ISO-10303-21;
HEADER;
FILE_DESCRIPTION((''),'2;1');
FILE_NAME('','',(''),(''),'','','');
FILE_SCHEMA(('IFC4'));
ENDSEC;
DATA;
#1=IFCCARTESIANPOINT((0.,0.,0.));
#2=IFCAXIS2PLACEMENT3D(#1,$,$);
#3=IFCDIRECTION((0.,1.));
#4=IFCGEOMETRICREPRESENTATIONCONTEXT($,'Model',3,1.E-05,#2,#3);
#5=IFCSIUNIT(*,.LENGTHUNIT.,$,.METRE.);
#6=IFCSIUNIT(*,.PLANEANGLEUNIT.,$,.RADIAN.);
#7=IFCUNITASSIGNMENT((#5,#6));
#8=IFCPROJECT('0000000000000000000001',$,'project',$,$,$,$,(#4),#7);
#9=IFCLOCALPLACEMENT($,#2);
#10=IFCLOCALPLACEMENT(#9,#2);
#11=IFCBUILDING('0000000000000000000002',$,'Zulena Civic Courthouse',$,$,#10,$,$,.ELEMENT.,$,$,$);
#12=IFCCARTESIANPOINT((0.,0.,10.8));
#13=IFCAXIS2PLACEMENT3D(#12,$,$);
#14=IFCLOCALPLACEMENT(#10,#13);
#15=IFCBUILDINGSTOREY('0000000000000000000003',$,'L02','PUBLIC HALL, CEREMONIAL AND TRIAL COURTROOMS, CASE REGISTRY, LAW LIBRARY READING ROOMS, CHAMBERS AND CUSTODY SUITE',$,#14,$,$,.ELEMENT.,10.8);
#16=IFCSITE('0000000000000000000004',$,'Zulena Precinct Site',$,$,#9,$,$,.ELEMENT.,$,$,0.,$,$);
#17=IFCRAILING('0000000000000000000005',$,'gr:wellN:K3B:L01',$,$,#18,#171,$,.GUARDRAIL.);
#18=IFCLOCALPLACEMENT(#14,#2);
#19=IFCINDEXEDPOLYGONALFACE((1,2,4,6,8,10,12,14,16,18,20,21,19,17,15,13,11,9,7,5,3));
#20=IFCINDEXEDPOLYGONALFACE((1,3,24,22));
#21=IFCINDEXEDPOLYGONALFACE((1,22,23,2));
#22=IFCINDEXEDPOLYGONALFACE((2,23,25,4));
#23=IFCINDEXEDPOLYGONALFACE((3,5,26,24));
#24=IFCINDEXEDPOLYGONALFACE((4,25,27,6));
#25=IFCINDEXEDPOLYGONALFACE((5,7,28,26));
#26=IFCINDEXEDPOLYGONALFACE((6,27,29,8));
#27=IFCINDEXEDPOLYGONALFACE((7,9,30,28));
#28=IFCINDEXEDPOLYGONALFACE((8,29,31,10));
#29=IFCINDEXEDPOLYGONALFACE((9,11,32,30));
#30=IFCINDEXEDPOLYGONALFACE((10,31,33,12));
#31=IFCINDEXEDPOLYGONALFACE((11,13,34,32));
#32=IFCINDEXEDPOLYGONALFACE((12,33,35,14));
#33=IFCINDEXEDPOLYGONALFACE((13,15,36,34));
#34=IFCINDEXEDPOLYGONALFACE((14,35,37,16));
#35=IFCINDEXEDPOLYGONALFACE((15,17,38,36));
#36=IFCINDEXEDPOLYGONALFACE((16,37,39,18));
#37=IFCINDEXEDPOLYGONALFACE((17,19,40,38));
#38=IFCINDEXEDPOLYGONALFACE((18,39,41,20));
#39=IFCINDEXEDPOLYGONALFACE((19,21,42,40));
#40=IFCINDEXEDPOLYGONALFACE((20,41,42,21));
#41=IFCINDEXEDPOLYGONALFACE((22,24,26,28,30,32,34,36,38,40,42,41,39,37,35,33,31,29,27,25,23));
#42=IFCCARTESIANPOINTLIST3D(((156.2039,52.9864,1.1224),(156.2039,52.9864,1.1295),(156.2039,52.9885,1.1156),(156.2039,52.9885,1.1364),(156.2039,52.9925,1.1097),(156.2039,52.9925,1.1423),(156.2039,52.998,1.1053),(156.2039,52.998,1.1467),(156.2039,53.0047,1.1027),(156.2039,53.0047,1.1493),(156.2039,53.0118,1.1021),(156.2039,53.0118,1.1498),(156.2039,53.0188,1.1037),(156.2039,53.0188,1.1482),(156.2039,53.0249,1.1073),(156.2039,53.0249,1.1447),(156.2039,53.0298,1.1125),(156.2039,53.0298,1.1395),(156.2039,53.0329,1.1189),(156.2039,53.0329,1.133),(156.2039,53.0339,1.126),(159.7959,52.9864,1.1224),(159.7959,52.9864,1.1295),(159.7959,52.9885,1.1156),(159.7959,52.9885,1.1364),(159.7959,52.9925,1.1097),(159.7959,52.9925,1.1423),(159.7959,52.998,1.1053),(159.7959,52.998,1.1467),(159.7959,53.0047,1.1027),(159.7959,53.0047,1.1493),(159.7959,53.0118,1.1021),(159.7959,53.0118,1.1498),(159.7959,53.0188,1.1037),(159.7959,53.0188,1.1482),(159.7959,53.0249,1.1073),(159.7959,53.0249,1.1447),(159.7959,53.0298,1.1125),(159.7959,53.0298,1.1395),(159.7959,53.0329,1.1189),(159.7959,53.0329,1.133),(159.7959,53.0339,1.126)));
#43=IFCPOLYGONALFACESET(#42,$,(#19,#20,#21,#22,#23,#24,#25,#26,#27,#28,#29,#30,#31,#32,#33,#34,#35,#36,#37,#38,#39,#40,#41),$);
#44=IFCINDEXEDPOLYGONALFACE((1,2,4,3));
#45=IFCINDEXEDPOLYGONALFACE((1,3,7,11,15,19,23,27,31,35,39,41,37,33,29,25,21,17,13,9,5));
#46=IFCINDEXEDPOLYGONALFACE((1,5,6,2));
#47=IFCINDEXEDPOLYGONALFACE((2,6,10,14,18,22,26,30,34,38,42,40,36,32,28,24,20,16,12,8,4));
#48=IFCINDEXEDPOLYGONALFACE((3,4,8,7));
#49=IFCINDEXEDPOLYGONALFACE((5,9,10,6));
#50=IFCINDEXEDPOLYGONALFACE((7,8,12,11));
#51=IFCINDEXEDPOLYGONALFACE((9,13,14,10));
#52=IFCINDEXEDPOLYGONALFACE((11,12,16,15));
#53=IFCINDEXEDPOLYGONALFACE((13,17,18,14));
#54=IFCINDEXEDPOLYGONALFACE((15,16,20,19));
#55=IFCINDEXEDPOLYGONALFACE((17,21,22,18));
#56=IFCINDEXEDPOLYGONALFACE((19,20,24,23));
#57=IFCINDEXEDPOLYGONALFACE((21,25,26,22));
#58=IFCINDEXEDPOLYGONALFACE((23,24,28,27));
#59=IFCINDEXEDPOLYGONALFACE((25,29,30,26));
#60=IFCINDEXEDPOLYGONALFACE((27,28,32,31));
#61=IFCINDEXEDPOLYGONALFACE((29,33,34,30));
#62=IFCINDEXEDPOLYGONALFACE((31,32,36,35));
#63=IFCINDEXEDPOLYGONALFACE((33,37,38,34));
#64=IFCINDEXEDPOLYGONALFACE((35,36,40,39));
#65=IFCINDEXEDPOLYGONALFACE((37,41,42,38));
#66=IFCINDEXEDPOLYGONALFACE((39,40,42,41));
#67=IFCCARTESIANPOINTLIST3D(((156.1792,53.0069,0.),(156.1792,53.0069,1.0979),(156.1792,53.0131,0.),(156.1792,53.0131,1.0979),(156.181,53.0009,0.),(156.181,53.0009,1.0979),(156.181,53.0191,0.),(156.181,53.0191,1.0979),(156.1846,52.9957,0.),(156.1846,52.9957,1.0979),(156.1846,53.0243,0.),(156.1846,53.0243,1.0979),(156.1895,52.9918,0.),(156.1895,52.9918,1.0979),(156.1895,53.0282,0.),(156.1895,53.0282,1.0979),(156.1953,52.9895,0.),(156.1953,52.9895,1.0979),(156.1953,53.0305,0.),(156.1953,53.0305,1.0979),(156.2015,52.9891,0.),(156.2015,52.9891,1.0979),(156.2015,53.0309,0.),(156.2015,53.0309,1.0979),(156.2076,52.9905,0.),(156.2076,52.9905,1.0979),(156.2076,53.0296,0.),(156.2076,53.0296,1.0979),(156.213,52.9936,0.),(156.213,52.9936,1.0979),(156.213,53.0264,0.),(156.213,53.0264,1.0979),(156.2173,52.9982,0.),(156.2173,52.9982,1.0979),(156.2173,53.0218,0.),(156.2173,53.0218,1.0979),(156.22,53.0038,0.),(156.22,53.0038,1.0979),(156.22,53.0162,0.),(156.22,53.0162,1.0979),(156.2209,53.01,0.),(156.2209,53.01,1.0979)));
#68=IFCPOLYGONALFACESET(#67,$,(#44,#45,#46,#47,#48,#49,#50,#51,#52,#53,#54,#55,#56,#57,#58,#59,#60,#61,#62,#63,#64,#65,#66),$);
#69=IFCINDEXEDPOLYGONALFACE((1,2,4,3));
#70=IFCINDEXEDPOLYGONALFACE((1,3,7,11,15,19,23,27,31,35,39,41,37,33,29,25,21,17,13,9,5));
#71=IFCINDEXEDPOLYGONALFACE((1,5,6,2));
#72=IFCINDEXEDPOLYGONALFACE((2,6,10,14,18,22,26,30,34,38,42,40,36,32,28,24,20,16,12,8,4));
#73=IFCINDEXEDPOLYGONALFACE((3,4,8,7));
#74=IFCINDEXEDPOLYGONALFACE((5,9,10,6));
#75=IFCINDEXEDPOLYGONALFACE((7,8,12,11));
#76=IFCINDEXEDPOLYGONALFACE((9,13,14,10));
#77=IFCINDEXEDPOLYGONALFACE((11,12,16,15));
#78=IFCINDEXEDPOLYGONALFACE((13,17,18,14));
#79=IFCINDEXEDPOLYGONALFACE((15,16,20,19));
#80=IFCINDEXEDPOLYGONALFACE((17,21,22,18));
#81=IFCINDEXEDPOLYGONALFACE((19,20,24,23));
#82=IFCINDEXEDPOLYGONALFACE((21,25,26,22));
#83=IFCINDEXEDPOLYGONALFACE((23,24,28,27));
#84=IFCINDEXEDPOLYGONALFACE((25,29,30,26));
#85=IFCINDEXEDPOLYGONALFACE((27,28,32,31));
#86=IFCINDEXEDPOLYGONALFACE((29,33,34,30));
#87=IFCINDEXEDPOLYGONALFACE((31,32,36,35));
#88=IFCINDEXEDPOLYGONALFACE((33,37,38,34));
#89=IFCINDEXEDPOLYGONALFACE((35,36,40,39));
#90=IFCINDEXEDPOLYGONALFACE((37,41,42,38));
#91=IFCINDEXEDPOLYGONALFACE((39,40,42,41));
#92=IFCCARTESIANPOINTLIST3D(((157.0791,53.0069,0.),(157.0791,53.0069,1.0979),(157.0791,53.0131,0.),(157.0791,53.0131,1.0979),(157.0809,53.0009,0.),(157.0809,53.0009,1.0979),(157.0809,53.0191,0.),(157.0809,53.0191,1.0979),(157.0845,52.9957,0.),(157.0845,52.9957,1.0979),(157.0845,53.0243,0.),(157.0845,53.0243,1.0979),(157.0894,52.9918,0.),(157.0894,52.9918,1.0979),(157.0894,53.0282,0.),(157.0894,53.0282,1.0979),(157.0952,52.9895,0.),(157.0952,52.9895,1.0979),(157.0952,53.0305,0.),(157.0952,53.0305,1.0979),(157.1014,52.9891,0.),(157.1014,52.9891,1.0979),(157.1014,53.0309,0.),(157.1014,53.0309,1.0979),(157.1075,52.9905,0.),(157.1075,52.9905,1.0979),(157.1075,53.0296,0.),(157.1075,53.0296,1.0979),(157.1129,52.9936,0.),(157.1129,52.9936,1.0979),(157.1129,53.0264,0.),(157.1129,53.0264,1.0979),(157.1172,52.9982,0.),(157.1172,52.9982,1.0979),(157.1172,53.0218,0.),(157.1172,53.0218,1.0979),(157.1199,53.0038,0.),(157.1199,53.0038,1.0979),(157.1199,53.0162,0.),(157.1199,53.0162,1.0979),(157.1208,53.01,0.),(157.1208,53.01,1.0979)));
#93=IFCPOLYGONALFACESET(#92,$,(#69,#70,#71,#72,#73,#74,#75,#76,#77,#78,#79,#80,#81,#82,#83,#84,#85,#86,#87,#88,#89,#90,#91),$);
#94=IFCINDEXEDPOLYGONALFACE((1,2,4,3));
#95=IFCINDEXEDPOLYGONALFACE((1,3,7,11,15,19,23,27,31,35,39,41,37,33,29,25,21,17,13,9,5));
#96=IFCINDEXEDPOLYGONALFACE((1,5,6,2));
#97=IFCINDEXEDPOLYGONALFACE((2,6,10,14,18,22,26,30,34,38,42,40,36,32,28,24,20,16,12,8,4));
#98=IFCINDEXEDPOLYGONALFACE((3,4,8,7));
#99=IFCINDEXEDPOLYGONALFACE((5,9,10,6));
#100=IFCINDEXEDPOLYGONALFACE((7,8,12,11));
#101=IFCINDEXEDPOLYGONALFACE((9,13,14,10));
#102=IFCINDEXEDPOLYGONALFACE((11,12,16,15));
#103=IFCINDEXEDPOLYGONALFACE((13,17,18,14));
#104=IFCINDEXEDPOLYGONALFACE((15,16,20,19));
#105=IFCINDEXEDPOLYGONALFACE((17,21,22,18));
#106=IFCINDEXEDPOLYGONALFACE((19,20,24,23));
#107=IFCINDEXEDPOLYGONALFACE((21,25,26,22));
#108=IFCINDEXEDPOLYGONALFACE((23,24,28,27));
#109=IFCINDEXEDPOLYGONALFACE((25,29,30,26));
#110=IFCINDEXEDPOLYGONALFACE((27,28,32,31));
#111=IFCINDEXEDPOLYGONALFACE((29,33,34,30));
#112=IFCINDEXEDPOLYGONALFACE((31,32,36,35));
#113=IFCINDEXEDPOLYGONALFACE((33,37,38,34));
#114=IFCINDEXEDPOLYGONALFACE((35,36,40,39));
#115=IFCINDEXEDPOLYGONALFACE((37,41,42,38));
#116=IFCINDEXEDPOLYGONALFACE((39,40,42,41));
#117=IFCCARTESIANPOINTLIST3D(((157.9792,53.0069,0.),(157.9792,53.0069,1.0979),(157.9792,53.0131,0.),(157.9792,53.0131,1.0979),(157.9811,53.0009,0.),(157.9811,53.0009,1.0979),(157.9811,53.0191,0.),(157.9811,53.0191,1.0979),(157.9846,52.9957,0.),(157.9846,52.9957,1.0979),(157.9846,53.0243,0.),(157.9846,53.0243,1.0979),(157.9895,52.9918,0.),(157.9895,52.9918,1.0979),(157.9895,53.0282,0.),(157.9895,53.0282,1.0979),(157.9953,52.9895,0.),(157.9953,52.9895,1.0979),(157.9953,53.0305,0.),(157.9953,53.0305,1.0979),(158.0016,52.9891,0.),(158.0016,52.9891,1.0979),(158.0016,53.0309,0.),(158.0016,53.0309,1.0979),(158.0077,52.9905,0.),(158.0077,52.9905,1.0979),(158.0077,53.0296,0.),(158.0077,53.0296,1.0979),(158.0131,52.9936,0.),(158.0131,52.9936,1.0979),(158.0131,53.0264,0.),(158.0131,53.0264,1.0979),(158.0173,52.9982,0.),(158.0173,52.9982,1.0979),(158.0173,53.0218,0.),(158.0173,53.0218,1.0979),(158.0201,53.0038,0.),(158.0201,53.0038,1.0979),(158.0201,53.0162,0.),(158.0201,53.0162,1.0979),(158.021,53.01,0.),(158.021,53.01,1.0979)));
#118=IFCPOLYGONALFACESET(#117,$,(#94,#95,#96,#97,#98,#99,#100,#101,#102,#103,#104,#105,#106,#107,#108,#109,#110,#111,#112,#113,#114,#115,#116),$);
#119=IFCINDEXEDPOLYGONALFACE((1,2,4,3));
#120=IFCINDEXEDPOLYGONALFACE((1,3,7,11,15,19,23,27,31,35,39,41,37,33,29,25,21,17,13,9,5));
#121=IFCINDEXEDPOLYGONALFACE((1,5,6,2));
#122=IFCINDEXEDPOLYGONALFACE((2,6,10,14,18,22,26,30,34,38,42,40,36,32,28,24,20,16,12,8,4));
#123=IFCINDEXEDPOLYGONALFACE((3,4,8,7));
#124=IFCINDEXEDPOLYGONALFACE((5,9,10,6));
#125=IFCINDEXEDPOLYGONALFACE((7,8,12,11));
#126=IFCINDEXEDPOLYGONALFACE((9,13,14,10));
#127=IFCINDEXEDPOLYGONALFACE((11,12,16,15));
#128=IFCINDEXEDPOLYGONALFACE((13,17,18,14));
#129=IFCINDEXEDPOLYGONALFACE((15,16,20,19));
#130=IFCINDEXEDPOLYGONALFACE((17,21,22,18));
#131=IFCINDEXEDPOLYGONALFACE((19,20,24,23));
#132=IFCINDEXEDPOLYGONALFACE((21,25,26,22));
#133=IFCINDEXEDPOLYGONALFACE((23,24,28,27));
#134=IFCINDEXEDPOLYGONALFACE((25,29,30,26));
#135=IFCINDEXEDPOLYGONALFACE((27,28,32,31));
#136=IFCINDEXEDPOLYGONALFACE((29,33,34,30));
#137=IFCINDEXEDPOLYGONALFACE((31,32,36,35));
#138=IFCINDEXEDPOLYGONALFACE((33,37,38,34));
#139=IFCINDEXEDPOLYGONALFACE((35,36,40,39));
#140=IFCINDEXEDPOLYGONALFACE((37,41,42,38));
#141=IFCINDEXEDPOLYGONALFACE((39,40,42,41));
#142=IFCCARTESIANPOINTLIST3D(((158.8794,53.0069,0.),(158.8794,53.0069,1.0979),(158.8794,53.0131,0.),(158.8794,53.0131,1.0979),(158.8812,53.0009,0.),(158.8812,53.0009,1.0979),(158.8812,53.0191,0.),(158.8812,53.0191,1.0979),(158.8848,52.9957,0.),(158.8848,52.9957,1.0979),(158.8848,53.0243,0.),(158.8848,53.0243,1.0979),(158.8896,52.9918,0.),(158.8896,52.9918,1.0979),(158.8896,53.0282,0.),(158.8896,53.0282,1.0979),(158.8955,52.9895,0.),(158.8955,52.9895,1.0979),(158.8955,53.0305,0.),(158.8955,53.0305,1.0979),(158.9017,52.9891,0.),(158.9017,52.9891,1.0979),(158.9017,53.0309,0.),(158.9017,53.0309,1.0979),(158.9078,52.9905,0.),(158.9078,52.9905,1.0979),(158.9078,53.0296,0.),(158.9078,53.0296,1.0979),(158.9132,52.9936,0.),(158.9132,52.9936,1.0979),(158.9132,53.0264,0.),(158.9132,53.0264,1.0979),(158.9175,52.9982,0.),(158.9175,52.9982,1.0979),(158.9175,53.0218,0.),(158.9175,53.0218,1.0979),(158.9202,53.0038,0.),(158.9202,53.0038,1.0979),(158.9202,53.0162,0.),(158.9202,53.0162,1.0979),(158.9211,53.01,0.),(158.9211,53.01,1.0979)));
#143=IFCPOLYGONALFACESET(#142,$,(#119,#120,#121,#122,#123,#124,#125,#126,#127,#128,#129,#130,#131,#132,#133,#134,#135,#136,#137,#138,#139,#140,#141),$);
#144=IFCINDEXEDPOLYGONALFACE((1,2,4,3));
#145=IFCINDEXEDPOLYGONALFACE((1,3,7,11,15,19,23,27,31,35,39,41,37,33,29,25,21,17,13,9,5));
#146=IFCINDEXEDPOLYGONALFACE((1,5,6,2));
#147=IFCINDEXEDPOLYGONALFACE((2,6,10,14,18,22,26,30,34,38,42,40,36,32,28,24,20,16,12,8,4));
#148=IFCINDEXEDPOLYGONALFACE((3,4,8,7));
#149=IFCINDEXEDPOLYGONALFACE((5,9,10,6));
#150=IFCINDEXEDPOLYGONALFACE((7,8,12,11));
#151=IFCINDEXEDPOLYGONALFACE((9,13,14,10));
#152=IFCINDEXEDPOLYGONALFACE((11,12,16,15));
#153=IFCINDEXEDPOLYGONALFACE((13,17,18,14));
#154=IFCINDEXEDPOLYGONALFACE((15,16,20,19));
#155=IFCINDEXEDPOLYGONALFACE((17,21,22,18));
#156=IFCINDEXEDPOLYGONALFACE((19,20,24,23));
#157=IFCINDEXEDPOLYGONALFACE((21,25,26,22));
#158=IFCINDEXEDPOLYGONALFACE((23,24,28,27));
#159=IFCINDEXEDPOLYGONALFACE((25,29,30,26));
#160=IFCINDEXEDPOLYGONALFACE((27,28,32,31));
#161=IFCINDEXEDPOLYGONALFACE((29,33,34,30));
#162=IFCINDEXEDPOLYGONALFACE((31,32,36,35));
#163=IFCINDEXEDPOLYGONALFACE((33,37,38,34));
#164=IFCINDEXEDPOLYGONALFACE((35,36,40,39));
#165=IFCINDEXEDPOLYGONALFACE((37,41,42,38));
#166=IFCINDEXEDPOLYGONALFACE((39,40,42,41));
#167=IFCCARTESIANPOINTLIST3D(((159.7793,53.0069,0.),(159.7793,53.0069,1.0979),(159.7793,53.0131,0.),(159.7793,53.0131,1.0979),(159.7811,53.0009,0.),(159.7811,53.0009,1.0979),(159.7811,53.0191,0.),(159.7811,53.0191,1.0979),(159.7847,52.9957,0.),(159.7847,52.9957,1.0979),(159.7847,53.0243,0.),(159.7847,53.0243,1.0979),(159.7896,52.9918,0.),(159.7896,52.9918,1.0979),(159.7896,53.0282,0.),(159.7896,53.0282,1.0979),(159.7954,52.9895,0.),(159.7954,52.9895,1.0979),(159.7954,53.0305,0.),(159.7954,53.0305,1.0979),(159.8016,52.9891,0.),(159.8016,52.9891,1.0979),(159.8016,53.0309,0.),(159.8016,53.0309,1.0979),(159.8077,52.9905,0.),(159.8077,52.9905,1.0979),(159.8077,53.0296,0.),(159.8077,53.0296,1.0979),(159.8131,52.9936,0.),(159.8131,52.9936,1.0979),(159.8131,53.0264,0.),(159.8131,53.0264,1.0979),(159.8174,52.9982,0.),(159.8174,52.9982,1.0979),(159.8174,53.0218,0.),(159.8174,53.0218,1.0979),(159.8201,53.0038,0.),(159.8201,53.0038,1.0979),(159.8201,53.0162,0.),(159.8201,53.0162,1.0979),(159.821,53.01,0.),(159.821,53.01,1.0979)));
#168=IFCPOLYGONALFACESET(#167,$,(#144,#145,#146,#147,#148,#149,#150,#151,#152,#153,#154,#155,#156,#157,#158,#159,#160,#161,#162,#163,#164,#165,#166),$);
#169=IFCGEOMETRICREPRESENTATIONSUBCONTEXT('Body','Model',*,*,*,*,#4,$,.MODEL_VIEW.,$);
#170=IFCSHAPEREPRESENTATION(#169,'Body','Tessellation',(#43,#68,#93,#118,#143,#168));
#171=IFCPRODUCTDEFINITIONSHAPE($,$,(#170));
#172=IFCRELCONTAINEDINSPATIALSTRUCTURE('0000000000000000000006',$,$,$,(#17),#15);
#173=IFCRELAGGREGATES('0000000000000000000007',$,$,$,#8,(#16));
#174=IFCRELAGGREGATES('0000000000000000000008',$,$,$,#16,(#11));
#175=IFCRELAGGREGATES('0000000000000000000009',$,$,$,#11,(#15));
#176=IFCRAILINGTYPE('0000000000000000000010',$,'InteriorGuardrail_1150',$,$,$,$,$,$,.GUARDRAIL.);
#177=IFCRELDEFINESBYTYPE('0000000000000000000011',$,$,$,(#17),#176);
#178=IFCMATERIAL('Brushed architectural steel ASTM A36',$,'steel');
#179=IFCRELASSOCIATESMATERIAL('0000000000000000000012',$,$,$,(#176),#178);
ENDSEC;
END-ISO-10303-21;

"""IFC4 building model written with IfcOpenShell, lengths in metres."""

from ifc_helpers import new_model, si_unit, direction, frame, origin, origin_2d, place, context, subcontext, project, spatial, circle, extrude, material, type_object, element, save


model = new_model("IFC4")

# Units and contexts
model_context = context("Model", 3, precision=1e-05, world=origin(), true_north=direction((0.0, 1.0)))
body_context = subcontext(model_context, "Body", "Model", "MODEL_VIEW")
ifc_project = project(units=[si_unit("LENGTHUNIT", "METRE"), si_unit("PLANEANGLEUNIT", "RADIAN")], contexts=[model_context])

# Site, building, storey
site_placement = place(None, origin())
site = spatial("IfcSite", under=ifc_project, at=site_placement, Name="Zulena Precinct Site", CompositionType="ELEMENT", RefElevation=0.0)
building_placement = place(site_placement, origin())
building = spatial("IfcBuilding", under=site, at=building_placement, Name="Zulena Civic Courthouse", CompositionType="ELEMENT")
storey_placement = place(building_placement, frame((0.0, 0.0, 10.8)))
storey = spatial("IfcBuildingStorey", under=building, at=storey_placement, Name="L02", Description="PUBLIC HALL, CEREMONIAL AND TRIAL COURTROOMS, CASE REGISTRY, LAW LIBRARY READING ROOMS, CHAMBERS AND CUSTODY SUITE", CompositionType="ELEMENT", Elevation=10.8)

# Railing
ifc_material_1 = material(Name="Brushed architectural steel ASTM A36", Category="steel")
railing_type_1 = type_object("IfcRailingType", Name="InteriorGuardrail_1150", PredefinedType="GUARDRAIL", material=ifc_material_1)
railing_1_placement = place(storey_placement, frame((156.2, 53.01, 0.0)))
element("IfcRailing", 1, at=railing_1_placement, inside=storey, type_object=railing_type_1, Name="gr:wellN:K3B:L01", PredefinedType="GUARDRAIL", context=body_context, shape_type="SweptSolid", body=[
    extrude(circle(Radius=0.0239, at=origin_2d()), frame((0.0039, 0.0, 1.126), z_axis=(1.0, 0.0, 0.0), x_axis=(0.0, 1.0, 0.0)), (0.0, 0.0, 1.0), 3.592),
    extrude(circle(Radius=0.021, at=origin_2d()), origin(), (0.0, 0.0, 1.0), 1.0979),
    extrude(circle(Radius=0.021, at=origin_2d()), frame((0.8999, 0.0, 0.0)), (0.0, 0.0, 1.0), 1.0979),
    extrude(circle(Radius=0.021, at=origin_2d()), frame((1.8, 0.0, 0.0)), (0.0, 0.0, 1.0), 1.0979),
    extrude(circle(Radius=0.021, at=origin_2d()), frame((2.7002, 0.0, 0.0)), (0.0, 0.0, 1.0), 1.0979),
    extrude(circle(Radius=0.021, at=origin_2d()), frame((3.6001, 0.0, 0.0)), (0.0, 0.0, 1.0), 1.0979),
])

save(model, "model.ifc")
